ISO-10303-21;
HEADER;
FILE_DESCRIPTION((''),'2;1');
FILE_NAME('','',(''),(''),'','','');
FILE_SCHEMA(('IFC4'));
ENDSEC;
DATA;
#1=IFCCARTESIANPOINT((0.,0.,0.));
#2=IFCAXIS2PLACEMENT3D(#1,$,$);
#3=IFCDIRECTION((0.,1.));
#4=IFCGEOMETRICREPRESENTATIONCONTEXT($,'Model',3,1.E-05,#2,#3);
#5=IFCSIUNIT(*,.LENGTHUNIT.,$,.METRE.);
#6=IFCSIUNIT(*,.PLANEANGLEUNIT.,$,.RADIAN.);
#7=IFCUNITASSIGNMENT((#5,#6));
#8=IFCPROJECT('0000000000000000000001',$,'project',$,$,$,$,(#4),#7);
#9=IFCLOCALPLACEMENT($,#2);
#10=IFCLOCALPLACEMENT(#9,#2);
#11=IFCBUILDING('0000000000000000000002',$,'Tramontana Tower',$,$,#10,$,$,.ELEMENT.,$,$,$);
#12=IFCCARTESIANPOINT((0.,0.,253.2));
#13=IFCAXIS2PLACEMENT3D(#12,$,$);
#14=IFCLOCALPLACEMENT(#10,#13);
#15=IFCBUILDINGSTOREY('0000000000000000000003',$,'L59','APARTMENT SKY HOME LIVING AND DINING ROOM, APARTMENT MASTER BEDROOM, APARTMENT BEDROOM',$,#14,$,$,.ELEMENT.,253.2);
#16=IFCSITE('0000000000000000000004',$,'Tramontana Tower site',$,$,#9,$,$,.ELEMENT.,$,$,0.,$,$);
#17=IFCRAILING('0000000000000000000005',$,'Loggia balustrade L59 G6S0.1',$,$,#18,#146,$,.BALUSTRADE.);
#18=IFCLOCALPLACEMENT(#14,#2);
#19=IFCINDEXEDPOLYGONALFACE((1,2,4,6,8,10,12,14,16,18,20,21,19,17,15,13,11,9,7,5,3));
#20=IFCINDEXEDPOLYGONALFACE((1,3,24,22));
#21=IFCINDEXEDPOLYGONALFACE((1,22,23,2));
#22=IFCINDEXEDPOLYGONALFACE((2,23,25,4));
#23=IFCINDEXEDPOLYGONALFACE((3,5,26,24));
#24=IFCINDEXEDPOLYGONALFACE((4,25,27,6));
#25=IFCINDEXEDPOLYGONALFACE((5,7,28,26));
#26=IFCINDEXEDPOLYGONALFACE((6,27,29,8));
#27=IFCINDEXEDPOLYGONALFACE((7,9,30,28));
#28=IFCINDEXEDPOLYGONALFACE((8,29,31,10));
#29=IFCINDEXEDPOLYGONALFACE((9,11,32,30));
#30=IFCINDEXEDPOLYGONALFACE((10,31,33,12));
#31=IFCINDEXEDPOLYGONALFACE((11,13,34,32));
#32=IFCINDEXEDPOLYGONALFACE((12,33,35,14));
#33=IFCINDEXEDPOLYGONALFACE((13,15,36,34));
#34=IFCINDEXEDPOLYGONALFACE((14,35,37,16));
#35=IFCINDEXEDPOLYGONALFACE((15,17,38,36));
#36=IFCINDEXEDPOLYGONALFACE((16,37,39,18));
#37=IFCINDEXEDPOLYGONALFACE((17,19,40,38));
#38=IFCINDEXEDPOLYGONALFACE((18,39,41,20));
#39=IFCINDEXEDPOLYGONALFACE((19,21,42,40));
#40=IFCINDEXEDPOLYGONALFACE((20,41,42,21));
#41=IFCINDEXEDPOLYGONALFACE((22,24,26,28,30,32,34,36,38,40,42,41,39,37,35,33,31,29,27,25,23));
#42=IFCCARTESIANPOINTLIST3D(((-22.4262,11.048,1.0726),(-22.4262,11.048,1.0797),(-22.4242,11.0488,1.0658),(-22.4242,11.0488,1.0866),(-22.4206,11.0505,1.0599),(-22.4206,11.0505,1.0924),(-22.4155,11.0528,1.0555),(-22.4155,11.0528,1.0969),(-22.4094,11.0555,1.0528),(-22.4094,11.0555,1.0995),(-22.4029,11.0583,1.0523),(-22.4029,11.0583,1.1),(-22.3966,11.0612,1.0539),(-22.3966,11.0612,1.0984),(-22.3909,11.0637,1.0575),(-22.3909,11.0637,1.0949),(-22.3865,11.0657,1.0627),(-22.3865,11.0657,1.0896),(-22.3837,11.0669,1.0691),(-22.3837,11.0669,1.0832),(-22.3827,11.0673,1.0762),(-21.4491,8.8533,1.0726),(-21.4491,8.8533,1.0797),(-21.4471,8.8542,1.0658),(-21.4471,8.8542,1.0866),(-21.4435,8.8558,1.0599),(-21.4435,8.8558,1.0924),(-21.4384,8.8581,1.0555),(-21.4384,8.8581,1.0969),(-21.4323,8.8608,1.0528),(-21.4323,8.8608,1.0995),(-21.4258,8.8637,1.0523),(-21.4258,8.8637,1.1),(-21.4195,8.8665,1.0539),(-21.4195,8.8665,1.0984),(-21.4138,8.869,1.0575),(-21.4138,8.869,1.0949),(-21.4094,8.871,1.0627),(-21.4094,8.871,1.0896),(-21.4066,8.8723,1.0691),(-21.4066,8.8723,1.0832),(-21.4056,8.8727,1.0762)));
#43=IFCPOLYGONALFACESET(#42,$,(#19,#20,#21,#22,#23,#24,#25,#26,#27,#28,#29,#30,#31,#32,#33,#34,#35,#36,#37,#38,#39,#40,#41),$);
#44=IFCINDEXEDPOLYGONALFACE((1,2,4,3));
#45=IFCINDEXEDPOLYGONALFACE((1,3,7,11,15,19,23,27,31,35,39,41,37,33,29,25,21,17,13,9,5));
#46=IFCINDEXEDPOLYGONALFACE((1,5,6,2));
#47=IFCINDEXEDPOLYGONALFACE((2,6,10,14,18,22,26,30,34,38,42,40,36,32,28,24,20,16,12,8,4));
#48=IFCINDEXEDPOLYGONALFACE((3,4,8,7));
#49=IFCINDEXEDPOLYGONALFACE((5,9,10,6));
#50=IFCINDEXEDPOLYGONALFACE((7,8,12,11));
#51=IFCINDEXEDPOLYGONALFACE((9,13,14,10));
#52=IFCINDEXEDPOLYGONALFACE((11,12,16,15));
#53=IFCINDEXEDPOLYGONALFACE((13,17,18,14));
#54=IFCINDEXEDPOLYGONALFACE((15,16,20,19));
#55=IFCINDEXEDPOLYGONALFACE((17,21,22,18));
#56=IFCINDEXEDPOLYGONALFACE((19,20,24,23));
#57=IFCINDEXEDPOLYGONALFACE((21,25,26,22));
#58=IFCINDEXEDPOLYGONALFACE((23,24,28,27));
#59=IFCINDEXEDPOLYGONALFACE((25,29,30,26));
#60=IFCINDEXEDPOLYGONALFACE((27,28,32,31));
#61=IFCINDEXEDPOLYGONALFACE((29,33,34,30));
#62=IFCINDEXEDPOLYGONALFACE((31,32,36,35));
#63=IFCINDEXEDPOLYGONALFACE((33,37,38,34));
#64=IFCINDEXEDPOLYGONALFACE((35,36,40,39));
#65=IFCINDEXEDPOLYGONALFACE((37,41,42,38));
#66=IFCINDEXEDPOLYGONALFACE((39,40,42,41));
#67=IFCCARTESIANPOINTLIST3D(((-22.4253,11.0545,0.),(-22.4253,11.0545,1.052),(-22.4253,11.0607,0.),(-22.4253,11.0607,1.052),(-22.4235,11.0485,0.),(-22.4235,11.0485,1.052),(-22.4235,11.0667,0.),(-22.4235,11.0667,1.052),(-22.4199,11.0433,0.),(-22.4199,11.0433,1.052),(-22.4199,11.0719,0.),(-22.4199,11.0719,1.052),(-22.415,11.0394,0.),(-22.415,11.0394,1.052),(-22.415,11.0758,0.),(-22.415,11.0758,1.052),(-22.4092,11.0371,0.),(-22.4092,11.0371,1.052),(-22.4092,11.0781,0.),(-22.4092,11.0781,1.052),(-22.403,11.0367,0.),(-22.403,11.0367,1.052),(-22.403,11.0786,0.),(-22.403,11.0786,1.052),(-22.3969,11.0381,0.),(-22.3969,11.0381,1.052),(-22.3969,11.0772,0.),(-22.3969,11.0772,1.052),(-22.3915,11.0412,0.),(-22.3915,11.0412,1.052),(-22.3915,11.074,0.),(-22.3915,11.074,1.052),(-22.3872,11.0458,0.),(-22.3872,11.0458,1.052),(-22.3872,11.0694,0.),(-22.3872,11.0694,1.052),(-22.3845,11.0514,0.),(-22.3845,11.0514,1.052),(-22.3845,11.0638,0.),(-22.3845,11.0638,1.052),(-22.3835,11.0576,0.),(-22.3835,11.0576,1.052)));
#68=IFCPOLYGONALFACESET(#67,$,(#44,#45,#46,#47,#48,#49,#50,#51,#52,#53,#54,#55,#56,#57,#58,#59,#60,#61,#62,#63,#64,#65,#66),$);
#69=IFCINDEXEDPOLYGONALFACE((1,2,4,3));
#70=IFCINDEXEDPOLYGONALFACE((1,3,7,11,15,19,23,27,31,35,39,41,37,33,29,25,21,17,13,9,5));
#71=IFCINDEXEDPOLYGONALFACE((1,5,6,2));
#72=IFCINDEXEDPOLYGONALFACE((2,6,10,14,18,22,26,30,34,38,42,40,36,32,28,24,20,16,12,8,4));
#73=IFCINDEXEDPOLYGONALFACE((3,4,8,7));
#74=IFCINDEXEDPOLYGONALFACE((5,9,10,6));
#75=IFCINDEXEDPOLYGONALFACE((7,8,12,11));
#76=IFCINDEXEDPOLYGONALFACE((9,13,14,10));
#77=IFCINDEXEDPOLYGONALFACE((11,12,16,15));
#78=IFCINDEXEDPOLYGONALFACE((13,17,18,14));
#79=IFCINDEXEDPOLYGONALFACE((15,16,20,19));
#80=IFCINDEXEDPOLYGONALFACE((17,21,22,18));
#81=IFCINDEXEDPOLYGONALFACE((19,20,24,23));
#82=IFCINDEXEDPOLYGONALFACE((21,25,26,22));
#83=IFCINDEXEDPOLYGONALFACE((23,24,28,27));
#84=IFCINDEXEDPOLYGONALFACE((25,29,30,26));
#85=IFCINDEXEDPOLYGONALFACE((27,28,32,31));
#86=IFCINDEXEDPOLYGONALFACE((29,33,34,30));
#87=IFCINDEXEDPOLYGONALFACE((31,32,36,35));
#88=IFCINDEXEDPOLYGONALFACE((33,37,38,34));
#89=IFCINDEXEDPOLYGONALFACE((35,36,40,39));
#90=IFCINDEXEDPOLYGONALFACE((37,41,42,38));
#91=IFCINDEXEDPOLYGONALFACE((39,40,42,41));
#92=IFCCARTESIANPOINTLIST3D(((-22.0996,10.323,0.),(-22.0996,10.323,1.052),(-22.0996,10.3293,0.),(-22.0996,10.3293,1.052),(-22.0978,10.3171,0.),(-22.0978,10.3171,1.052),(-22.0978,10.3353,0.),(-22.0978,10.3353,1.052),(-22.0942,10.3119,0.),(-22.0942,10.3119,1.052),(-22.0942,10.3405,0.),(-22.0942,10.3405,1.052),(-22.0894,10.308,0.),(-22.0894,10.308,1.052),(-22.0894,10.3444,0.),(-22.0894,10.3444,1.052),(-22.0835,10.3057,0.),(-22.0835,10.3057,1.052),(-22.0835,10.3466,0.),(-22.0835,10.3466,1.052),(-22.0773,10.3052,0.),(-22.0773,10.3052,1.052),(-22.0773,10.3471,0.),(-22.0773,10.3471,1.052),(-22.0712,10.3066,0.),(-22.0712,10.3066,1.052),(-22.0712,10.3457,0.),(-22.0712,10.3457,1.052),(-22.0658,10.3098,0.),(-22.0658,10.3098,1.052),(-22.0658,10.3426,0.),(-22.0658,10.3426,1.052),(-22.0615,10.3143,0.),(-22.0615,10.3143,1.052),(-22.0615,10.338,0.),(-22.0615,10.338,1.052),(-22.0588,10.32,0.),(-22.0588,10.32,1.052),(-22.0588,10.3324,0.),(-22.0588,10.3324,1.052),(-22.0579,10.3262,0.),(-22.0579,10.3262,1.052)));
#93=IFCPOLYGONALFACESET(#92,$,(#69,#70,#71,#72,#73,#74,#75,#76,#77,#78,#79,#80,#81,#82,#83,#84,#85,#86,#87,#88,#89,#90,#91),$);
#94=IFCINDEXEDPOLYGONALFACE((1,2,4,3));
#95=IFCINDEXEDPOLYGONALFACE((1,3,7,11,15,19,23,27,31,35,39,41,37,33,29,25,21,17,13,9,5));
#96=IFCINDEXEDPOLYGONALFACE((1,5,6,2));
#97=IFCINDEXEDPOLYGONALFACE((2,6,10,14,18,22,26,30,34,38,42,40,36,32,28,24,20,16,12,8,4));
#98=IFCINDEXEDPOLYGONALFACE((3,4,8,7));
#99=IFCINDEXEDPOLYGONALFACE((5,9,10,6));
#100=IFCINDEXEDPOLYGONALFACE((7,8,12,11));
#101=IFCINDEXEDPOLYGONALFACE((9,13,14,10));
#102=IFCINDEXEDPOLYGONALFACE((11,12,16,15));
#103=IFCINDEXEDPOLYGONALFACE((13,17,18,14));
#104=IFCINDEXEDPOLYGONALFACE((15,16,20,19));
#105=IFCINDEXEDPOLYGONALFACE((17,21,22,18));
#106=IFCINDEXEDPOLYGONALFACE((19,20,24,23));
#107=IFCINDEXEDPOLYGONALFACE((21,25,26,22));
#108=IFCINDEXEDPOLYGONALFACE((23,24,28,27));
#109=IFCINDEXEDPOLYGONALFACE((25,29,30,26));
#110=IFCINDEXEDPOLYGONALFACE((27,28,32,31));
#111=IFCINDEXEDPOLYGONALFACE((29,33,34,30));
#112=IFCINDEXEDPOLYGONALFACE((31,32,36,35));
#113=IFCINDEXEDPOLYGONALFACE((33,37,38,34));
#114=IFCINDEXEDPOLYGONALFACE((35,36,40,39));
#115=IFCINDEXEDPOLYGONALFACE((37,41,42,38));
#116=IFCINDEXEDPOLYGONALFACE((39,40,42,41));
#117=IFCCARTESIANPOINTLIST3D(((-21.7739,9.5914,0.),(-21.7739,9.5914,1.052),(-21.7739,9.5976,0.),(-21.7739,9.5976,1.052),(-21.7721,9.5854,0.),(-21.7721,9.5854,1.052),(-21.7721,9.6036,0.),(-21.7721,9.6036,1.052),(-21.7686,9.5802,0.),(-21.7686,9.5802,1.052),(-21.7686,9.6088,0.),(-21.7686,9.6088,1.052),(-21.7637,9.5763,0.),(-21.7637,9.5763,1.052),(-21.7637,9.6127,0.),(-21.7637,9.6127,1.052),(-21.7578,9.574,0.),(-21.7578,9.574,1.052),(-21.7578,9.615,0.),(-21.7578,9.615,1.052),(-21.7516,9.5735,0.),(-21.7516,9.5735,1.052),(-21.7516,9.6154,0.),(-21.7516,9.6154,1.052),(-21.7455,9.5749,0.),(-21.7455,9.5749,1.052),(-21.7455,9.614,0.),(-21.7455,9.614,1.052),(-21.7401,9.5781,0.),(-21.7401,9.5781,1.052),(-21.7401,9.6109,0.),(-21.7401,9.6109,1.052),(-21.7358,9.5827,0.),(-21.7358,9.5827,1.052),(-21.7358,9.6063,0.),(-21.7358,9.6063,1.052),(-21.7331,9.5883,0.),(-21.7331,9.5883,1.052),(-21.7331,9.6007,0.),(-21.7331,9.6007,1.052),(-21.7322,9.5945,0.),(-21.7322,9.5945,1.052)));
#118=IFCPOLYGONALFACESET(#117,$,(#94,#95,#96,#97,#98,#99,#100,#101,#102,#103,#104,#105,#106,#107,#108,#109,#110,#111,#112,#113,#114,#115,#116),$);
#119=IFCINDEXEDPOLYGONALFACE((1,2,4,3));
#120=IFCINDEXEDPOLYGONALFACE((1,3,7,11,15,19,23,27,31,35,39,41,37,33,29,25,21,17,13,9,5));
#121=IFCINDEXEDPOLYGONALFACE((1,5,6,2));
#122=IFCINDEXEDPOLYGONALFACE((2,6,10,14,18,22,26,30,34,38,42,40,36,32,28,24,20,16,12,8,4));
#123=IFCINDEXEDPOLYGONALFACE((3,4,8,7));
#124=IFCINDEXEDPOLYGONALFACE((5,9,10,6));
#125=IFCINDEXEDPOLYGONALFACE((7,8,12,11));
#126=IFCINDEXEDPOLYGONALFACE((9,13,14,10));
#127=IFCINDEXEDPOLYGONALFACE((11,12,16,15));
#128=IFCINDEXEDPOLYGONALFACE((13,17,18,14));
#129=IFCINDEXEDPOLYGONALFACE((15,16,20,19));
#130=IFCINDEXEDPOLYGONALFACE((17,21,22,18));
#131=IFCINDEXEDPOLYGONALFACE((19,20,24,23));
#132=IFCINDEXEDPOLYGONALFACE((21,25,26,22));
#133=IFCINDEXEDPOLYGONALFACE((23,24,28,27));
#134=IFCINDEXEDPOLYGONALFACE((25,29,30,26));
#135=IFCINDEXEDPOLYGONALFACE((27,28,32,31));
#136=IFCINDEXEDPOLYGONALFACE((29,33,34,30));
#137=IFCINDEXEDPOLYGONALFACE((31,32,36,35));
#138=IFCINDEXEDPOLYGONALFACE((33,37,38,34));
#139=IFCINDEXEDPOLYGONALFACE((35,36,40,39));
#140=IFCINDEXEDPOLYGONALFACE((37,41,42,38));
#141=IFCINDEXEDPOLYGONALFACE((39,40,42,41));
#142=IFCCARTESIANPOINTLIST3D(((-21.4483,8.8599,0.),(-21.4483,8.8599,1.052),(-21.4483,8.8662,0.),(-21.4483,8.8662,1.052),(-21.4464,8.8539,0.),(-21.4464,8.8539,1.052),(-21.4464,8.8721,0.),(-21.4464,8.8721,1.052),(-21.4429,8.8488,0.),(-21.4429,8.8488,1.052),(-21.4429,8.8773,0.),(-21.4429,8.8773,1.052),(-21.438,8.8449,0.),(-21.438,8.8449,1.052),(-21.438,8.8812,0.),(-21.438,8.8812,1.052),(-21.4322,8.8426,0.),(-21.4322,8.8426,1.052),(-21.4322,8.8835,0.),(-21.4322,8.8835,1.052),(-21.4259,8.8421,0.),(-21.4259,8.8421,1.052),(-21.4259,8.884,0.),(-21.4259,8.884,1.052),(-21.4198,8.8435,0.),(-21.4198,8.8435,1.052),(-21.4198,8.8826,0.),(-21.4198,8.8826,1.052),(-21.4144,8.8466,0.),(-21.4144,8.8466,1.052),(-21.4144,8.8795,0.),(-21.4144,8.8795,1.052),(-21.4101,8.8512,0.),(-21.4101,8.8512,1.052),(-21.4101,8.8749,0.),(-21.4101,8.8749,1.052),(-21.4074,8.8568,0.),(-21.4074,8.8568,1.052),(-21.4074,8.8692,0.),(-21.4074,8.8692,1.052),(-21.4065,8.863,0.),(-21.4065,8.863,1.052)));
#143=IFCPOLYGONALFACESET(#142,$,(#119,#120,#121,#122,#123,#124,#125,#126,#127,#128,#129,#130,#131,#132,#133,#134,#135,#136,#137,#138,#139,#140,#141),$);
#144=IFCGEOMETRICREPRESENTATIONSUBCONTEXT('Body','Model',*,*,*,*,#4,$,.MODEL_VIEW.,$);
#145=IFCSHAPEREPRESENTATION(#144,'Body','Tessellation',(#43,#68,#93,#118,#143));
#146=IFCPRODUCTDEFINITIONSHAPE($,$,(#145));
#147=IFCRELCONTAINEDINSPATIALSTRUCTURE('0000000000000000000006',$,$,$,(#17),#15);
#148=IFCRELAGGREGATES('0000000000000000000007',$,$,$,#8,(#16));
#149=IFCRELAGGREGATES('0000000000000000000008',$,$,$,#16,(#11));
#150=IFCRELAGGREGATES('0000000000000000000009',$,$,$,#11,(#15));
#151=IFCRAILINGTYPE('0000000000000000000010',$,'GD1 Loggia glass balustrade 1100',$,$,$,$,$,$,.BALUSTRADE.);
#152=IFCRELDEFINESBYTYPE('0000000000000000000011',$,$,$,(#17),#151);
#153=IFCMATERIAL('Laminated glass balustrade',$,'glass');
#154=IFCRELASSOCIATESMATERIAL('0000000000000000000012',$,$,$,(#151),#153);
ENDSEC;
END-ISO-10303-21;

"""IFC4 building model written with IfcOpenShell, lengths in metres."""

from ifc_helpers import new_model, si_unit, direction, frame, origin, origin_2d, place, context, subcontext, project, spatial, circle, extrude, material, type_object, element, save


model = new_model("IFC4")

# Units and contexts
model_context = context("Model", 3, precision=1e-05, world=origin(), true_north=direction((0.0, 1.0)))
body_context = subcontext(model_context, "Body", "Model", "MODEL_VIEW")
ifc_project = project(units=[si_unit("LENGTHUNIT", "METRE"), si_unit("PLANEANGLEUNIT", "RADIAN")], contexts=[model_context])

# Site, building, storey
site_placement = place(None, origin())
site = spatial("IfcSite", under=ifc_project, at=site_placement, Name="Tramontana Tower site", CompositionType="ELEMENT", RefElevation=0.0)
building_placement = place(site_placement, origin())
building = spatial("IfcBuilding", under=site, at=building_placement, Name="Tramontana Tower", CompositionType="ELEMENT")
storey_placement = place(building_placement, frame((0.0, 0.0, 253.2)))
storey = spatial("IfcBuildingStorey", under=building, at=storey_placement, Name="L59", Description="APARTMENT SKY HOME LIVING AND DINING ROOM, APARTMENT MASTER BEDROOM, APARTMENT BEDROOM", CompositionType="ELEMENT", Elevation=253.2)

# Railing
ifc_material_1 = material(Name="Laminated glass balustrade", Category="glass")
railing_type = type_object("IfcRailingType", Name="GD1 Loggia glass balustrade 1100", PredefinedType="BALUSTRADE", material=ifc_material_1)
railing_placement = place(storey_placement, frame((-22.4045, 11.0576, 0.0)))
element("IfcRailing", 1, at=railing_placement, inside=storey, type_object=railing_type, Name="Loggia balustrade L59 G6S0.1", PredefinedType="BALUSTRADE", context=body_context, shape_type="SweptSolid", body=[
    extrude(circle(Radius=0.0239, at=origin_2d()), frame((0.0, 0.0, 1.0762), z_axis=(0.406723, -0.913552, 0.0), x_axis=(0.913552, 0.406723, 0.0)), (0.0, 0.0, 1.0), 2.4023),
    extrude(circle(Radius=0.021, at=origin_2d()), origin(), (0.0, 0.0, 1.0), 1.052),
    extrude(circle(Radius=0.021, at=origin_2d()), frame((0.3257, -0.7314, 0.0)), (0.0, 0.0, 1.0), 1.052),
    extrude(circle(Radius=0.021, at=origin_2d()), frame((0.6514, -1.4631, 0.0)), (0.0, 0.0, 1.0), 1.052),
    extrude(circle(Radius=0.021, at=origin_2d()), frame((0.9771, -2.1946, 0.0)), (0.0, 0.0, 1.0), 1.052),
])

save(model, "model.ifc")
